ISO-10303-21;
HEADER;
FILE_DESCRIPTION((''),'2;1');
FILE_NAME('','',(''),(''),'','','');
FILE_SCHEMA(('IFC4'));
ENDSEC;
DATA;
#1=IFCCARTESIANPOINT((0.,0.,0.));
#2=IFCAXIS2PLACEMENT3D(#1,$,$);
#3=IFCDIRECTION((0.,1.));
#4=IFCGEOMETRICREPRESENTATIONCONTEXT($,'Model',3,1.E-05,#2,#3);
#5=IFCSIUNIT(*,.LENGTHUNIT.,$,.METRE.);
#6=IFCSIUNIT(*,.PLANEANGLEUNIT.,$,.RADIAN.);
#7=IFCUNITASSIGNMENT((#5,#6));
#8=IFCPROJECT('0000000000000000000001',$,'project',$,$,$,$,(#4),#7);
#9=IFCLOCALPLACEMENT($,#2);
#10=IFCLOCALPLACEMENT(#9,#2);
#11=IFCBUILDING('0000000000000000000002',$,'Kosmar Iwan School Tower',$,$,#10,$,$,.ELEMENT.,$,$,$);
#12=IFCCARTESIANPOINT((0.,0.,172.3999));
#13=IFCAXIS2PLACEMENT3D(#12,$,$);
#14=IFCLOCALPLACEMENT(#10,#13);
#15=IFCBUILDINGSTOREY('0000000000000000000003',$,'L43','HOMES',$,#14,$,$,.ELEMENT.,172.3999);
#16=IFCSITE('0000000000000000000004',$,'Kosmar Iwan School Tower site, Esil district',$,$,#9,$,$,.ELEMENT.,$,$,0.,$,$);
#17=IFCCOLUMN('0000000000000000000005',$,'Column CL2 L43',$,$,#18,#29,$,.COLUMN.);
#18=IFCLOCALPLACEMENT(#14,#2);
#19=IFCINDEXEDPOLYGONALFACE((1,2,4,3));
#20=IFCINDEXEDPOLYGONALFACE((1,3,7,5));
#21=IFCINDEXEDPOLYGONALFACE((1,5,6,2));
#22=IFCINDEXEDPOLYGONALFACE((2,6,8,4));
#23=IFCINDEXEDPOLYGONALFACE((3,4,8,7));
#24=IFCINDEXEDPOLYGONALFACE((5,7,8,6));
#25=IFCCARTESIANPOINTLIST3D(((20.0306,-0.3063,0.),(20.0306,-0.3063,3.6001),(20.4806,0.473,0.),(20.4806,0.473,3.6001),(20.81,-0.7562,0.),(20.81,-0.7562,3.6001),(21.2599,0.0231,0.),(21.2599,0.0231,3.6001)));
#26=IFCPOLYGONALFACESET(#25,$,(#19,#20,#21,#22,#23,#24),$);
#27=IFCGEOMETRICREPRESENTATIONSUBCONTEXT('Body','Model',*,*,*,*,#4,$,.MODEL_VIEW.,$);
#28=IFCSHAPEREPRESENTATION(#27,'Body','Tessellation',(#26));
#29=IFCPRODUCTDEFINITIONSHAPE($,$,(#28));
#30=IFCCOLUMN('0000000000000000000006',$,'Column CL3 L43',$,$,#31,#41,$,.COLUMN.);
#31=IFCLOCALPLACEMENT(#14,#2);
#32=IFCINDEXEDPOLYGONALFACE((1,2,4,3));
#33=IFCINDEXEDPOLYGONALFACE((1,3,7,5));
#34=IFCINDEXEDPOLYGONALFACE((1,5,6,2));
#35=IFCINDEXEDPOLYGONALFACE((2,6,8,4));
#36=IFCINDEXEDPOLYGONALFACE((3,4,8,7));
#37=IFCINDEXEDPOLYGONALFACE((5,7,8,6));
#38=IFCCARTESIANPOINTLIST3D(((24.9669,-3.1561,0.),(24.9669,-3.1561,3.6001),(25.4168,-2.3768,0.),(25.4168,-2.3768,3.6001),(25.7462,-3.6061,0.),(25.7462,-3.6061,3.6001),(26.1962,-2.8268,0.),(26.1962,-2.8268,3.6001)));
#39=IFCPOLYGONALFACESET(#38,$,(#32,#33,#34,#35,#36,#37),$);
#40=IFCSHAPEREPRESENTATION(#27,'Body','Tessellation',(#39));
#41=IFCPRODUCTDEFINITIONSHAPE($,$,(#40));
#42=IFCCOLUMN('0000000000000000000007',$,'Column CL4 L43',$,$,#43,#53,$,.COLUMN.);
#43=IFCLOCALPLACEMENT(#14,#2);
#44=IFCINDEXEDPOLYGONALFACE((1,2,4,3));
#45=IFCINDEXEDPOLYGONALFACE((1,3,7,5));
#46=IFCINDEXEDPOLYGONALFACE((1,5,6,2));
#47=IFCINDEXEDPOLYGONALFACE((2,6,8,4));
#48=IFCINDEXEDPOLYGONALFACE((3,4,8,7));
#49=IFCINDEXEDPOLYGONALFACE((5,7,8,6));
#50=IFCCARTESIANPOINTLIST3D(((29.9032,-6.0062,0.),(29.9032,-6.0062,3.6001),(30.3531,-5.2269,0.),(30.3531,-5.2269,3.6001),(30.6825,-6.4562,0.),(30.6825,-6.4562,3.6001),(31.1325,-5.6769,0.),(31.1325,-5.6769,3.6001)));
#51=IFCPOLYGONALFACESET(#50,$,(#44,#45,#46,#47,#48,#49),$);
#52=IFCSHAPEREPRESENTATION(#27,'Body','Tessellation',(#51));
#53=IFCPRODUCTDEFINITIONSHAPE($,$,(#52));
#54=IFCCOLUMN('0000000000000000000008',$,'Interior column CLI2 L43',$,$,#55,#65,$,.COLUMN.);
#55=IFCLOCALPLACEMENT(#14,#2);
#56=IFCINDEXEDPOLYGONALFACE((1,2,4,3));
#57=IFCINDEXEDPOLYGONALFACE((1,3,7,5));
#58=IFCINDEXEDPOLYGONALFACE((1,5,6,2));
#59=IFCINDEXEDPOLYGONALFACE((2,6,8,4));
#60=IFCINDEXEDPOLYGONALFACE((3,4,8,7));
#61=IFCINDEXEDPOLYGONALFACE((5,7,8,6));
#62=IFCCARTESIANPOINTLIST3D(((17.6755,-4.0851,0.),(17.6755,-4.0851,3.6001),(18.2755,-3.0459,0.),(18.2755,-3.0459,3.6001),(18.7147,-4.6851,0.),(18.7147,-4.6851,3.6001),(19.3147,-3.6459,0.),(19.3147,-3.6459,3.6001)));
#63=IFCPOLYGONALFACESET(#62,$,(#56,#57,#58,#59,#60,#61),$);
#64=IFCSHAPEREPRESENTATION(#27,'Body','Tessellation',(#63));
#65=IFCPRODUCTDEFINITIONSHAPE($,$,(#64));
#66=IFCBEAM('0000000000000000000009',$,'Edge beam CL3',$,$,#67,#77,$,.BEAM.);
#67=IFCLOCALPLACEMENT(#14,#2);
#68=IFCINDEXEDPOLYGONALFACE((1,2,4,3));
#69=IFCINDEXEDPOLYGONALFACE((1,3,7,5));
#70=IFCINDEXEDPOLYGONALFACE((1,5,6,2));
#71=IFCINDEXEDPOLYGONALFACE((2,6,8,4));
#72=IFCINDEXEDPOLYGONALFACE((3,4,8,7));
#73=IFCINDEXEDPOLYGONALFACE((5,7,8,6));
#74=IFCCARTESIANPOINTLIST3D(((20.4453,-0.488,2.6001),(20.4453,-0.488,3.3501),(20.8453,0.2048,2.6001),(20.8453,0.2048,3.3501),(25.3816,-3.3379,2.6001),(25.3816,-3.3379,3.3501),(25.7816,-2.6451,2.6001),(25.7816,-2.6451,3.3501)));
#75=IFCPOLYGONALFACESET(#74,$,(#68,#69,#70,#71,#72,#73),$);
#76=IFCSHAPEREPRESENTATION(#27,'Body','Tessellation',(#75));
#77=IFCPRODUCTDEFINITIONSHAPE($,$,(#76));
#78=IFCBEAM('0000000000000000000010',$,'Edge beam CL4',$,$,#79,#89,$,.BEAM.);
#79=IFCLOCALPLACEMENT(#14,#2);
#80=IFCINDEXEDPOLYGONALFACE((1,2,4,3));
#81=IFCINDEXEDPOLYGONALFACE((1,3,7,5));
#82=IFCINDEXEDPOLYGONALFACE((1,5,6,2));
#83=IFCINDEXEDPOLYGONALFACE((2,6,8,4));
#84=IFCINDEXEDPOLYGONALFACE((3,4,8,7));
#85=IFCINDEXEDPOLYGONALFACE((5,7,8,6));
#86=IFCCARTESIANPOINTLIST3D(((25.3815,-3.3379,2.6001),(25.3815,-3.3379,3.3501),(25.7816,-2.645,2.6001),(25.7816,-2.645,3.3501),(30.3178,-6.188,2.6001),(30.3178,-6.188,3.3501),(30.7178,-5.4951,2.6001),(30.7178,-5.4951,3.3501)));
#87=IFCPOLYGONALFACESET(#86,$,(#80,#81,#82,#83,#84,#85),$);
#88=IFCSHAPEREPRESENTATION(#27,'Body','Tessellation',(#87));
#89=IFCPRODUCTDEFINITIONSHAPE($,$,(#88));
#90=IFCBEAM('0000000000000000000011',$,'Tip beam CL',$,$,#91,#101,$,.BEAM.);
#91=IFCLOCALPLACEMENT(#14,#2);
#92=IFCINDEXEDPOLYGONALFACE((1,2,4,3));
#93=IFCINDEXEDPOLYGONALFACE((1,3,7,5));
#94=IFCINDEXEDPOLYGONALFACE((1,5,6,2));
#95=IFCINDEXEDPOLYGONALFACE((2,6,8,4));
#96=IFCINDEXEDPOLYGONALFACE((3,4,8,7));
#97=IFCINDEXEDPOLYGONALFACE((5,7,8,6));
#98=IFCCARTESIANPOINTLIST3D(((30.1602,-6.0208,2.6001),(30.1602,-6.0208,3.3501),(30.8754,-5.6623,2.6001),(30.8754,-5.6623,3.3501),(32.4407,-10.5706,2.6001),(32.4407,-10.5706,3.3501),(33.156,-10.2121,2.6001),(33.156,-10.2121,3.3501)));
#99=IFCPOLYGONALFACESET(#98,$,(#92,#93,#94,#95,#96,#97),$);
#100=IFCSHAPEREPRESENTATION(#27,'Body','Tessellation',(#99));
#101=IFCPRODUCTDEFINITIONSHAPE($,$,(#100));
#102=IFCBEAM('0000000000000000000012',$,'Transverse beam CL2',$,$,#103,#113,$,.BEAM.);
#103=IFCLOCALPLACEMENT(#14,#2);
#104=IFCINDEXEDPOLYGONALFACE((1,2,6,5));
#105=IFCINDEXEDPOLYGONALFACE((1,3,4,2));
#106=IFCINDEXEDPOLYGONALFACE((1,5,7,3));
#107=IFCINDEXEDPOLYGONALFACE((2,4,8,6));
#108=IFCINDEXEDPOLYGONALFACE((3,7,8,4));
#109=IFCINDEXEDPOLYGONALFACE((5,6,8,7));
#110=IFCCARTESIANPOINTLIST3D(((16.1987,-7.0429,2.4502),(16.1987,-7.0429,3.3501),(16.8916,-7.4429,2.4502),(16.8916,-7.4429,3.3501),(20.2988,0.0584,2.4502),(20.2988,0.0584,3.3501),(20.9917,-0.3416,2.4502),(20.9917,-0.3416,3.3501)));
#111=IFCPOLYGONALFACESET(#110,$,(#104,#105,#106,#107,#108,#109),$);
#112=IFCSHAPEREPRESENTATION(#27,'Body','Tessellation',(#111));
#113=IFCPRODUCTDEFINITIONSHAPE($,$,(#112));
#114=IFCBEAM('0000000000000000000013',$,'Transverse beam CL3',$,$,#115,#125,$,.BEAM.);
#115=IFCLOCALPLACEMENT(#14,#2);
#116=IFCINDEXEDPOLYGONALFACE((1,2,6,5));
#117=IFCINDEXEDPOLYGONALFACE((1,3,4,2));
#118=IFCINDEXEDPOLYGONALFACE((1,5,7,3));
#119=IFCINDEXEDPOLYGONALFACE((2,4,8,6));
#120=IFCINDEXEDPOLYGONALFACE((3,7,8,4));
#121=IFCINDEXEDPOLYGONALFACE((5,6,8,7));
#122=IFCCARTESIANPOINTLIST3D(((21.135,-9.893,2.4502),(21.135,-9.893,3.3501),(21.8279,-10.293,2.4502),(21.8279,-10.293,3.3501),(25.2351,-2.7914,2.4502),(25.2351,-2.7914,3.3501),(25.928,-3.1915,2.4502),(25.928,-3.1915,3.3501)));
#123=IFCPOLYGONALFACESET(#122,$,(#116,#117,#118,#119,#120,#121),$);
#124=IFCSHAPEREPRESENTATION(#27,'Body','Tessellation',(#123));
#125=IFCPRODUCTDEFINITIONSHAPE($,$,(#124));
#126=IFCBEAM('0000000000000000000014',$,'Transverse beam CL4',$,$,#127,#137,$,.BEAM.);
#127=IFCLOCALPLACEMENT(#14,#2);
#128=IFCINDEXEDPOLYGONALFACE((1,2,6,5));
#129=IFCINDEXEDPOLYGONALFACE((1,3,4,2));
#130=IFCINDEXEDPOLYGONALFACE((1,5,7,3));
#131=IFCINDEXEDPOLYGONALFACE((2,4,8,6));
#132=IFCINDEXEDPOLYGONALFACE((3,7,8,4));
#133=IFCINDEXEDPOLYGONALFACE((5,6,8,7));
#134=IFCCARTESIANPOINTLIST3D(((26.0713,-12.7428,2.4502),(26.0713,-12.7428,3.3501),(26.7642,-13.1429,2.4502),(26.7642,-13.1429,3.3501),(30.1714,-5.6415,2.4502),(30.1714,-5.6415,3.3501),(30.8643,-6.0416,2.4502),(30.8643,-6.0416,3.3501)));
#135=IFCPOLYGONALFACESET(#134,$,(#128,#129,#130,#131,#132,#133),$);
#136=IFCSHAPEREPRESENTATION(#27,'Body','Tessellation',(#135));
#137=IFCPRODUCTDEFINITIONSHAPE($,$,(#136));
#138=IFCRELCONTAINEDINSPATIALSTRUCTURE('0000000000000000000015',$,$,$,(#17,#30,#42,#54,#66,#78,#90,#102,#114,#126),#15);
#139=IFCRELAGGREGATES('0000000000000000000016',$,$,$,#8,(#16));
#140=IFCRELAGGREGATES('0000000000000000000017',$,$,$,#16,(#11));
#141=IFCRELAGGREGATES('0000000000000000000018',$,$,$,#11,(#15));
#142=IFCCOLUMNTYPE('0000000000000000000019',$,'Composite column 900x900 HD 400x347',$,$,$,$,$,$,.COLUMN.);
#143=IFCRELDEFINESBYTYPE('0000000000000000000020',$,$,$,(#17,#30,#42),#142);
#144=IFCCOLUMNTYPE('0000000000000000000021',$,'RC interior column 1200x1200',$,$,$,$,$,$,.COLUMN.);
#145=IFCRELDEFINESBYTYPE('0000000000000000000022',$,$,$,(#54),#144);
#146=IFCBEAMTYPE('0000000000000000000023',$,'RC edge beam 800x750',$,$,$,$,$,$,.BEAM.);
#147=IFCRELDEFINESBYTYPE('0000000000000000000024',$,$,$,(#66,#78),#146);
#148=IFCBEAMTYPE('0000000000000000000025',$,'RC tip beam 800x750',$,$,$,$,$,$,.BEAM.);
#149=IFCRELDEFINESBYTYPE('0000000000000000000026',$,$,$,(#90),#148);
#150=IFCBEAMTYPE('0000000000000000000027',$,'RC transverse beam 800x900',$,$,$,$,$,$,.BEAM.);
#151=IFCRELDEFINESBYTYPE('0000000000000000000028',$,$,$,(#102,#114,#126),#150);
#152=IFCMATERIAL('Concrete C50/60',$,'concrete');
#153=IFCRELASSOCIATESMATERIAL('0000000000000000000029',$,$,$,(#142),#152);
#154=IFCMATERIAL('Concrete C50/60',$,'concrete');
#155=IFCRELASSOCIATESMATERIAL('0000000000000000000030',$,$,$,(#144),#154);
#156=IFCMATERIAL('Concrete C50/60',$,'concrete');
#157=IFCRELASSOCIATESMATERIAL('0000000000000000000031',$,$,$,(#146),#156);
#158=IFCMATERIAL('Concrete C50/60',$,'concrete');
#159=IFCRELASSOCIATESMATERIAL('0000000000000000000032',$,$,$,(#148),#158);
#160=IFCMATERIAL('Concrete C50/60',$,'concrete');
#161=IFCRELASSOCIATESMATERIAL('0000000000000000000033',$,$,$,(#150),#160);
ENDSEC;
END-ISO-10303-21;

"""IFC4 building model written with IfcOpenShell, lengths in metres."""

from ifc_helpers import new_model, si_unit, direction, frame, origin, origin_2d, place, context, subcontext, project, spatial, rectangle, extrude, material, material_profile, profile_set, type_object, element, save


model = new_model("IFC4")

# Units and contexts
model_context = context("Model", 3, precision=1e-05, world=origin(), true_north=direction((0.0, 1.0)))
body_context = subcontext(model_context, "Body", "Model", "MODEL_VIEW")
ifc_project = project(units=[si_unit("LENGTHUNIT", "METRE"), si_unit("PLANEANGLEUNIT", "RADIAN")], contexts=[model_context])

# Site, building, storey
site_placement = place(None, origin())
site = spatial("IfcSite", under=ifc_project, at=site_placement, Name="Kosmar Iwan School Tower site, Esil district", CompositionType="ELEMENT", RefElevation=0.0)
building_placement = place(site_placement, origin())
building = spatial("IfcBuilding", under=site, at=building_placement, Name="Kosmar Iwan School Tower", CompositionType="ELEMENT")
storey_placement = place(building_placement, frame((0.0, 0.0, 172.3999)))
storey = spatial("IfcBuildingStorey", under=building, at=storey_placement, Name="L43", Description="HOMES", CompositionType="ELEMENT", Elevation=172.3999)

# Columns
ifc_material_1 = material(Name="Concrete C50/60", Category="concrete")
ifc_material_profile_1 = material_profile(ifc_material_1, rectangle(XDim=0.8999, YDim=0.8999, at=origin_2d()), Name="RC 900x900 + HD 400x347")
ifc_profile_set_1 = profile_set([ifc_material_profile_1], Name="Concrete C50/60")
column_type_1 = type_object("IfcColumnType", Name="Composite column 900x900 HD 400x347", PredefinedType="COLUMN", material=ifc_profile_set_1)
for number, where, z_axis, x_axis, name in (
    (1, (20.6453, -0.1416, 0.0), (0.0, 0.0, 1.0), (0.866025, -0.5, 0.0), "Column CL2 L43"),
    (2, (25.5815, -2.9915, 0.0), (0.0, 0.0, 1.0), (0.866025, -0.5, 0.0), "Column CL3 L43"),
    (3, (30.5178, -5.8416, 0.0), (0.0, 0.0, 1.0), (0.866025, -0.5, 0.0), "Column CL4 L43"),
):
    element("IfcColumn", number, at=place(storey_placement, frame(where, z_axis=z_axis, x_axis=x_axis)), inside=storey, type_object=column_type_1, Name=name, PredefinedType="COLUMN", context=body_context, shape_type="SweptSolid", body=[
        extrude(rectangle(XDim=0.8999, YDim=0.8999, at=origin_2d()), origin(), (0.0, 0.0, 1.0), 3.6001),
    ])
ifc_material_2 = material(Name="Concrete C50/60", Category="concrete")
ifc_material_profile_2 = material_profile(ifc_material_2, rectangle(XDim=1.2, YDim=1.2, at=origin_2d()), Name="RC 1200x1200")
ifc_profile_set_2 = profile_set([ifc_material_profile_2], Name="Concrete C50/60")
column_type_2 = type_object("IfcColumnType", Name="RC interior column 1200x1200", PredefinedType="COLUMN", material=ifc_profile_set_2)
column_placement = place(storey_placement, frame((18.4951, -3.8655, 0.0), z_axis=(0.0, 0.0, 1.0), x_axis=(0.866025, -0.5, 0.0)))
element("IfcColumn", 4, at=column_placement, inside=storey, type_object=column_type_2, Name="Interior column CLI2 L43", PredefinedType="COLUMN", context=body_context, shape_type="SweptSolid", body=[
    extrude(rectangle(XDim=1.2, YDim=1.2, at=origin_2d()), origin(), (0.0, 0.0, 1.0), 3.6001),
])

# Beams
ifc_material_3 = material(Name="Concrete C50/60", Category="concrete")
ifc_material_profile_3 = material_profile(ifc_material_3, rectangle(XDim=0.8, YDim=0.75, at=origin_2d()), Name="RC 800x750")
ifc_profile_set_3 = profile_set([ifc_material_profile_3], Name="Concrete C50/60")
beam_type_1 = type_object("IfcBeamType", Name="RC edge beam 800x750", PredefinedType="BEAM", material=ifc_profile_set_3)
for number, where, z_axis, x_axis, name in (
    (5, (20.6453, -0.1416, 2.9751), (0.866034, -0.499986, 0.0), (0.499986, 0.866034, 0.0), "Edge beam CL3"),
    (6, (25.5815, -2.9915, 2.9751), (0.866015, -0.500018, 0.0), (0.500018, 0.866015, 0.0), "Edge beam CL4"),
):
    element("IfcBeam", number, at=place(storey_placement, frame(where, z_axis=z_axis, x_axis=x_axis)), inside=storey, type_object=beam_type_1, Name=name, PredefinedType="BEAM", context=body_context, shape_type="SweptSolid", body=[
        extrude(rectangle(XDim=0.8, YDim=0.75, at=origin_2d()), origin(), (0.0, 0.0, 1.0), 5.7),
    ])
ifc_material_4 = material(Name="Concrete C50/60", Category="concrete")
ifc_material_profile_4 = material_profile(ifc_material_4, rectangle(XDim=0.8, YDim=0.75, at=origin_2d()), Name="RC 800x750")
ifc_profile_set_4 = profile_set([ifc_material_profile_4], Name="Concrete C50/60")
beam_type_2 = type_object("IfcBeamType", Name="RC tip beam 800x750", PredefinedType="BEAM", material=ifc_profile_set_4)
beam_1_placement = place(storey_placement, frame((30.5178, -5.8416, 2.9751), z_axis=(0.448096, -0.893985, 0.0), x_axis=(0.893985, 0.448096, 0.0)))
element("IfcBeam", 7, at=beam_1_placement, inside=storey, type_object=beam_type_2, Name="Tip beam CL", PredefinedType="BEAM", context=body_context, shape_type="SweptSolid", body=[
    extrude(rectangle(XDim=0.8, YDim=0.75, at=origin_2d()), origin(), (0.0, 0.0, 1.0), 5.0894),
])
ifc_material_5 = material(Name="Concrete C50/60", Category="concrete")
ifc_material_profile_5 = material_profile(ifc_material_5, rectangle(XDim=0.8, YDim=0.8999, at=origin_2d()), Name="RC 800x900")
ifc_profile_set_5 = profile_set([ifc_material_profile_5], Name="Concrete C50/60")
beam_type_3 = type_object("IfcBeamType", Name="RC transverse beam 800x900", PredefinedType="BEAM", material=ifc_profile_set_5)
beam_2_placement = place(storey_placement, frame((20.6453, -0.1416, 2.9001), z_axis=(-0.500014, -0.866018, 0.0), x_axis=(0.866018, -0.500014, 0.0)))
element("IfcBeam", 8, at=beam_2_placement, inside=storey, type_object=beam_type_3, Name="Transverse beam CL2", PredefinedType="BEAM", context=body_context, shape_type="SweptSolid", body=[
    extrude(rectangle(XDim=0.8, YDim=0.8999, at=origin_2d()), origin(), (0.0, 0.0, 1.0), 8.2),
])
beam_3_placement = place(storey_placement, frame((25.5815, -2.9915, 2.9001), z_axis=(-0.500001, -0.866025, 0.0), x_axis=(0.866025, -0.500001, 0.0)))
element("IfcBeam", 9, at=beam_3_placement, inside=storey, type_object=beam_type_3, Name="Transverse beam CL3", PredefinedType="BEAM", context=body_context, shape_type="SweptSolid", body=[
    extrude(rectangle(XDim=0.8, YDim=0.8999, at=origin_2d()), origin(), (0.0, 0.0, 1.0), 8.2002),
])
beam_4_placement = place(storey_placement, frame((30.5178, -5.8416, 2.9001), z_axis=(-0.500014, -0.866018, 0.0), x_axis=(0.866018, -0.500014, 0.0)))
element("IfcBeam", 10, at=beam_4_placement, inside=storey, type_object=beam_type_3, Name="Transverse beam CL4", PredefinedType="BEAM", context=body_context, shape_type="SweptSolid", body=[
    extrude(rectangle(XDim=0.8, YDim=0.8999, at=origin_2d()), origin(), (0.0, 0.0, 1.0), 8.2),
])

save(model, "model.ifc")
